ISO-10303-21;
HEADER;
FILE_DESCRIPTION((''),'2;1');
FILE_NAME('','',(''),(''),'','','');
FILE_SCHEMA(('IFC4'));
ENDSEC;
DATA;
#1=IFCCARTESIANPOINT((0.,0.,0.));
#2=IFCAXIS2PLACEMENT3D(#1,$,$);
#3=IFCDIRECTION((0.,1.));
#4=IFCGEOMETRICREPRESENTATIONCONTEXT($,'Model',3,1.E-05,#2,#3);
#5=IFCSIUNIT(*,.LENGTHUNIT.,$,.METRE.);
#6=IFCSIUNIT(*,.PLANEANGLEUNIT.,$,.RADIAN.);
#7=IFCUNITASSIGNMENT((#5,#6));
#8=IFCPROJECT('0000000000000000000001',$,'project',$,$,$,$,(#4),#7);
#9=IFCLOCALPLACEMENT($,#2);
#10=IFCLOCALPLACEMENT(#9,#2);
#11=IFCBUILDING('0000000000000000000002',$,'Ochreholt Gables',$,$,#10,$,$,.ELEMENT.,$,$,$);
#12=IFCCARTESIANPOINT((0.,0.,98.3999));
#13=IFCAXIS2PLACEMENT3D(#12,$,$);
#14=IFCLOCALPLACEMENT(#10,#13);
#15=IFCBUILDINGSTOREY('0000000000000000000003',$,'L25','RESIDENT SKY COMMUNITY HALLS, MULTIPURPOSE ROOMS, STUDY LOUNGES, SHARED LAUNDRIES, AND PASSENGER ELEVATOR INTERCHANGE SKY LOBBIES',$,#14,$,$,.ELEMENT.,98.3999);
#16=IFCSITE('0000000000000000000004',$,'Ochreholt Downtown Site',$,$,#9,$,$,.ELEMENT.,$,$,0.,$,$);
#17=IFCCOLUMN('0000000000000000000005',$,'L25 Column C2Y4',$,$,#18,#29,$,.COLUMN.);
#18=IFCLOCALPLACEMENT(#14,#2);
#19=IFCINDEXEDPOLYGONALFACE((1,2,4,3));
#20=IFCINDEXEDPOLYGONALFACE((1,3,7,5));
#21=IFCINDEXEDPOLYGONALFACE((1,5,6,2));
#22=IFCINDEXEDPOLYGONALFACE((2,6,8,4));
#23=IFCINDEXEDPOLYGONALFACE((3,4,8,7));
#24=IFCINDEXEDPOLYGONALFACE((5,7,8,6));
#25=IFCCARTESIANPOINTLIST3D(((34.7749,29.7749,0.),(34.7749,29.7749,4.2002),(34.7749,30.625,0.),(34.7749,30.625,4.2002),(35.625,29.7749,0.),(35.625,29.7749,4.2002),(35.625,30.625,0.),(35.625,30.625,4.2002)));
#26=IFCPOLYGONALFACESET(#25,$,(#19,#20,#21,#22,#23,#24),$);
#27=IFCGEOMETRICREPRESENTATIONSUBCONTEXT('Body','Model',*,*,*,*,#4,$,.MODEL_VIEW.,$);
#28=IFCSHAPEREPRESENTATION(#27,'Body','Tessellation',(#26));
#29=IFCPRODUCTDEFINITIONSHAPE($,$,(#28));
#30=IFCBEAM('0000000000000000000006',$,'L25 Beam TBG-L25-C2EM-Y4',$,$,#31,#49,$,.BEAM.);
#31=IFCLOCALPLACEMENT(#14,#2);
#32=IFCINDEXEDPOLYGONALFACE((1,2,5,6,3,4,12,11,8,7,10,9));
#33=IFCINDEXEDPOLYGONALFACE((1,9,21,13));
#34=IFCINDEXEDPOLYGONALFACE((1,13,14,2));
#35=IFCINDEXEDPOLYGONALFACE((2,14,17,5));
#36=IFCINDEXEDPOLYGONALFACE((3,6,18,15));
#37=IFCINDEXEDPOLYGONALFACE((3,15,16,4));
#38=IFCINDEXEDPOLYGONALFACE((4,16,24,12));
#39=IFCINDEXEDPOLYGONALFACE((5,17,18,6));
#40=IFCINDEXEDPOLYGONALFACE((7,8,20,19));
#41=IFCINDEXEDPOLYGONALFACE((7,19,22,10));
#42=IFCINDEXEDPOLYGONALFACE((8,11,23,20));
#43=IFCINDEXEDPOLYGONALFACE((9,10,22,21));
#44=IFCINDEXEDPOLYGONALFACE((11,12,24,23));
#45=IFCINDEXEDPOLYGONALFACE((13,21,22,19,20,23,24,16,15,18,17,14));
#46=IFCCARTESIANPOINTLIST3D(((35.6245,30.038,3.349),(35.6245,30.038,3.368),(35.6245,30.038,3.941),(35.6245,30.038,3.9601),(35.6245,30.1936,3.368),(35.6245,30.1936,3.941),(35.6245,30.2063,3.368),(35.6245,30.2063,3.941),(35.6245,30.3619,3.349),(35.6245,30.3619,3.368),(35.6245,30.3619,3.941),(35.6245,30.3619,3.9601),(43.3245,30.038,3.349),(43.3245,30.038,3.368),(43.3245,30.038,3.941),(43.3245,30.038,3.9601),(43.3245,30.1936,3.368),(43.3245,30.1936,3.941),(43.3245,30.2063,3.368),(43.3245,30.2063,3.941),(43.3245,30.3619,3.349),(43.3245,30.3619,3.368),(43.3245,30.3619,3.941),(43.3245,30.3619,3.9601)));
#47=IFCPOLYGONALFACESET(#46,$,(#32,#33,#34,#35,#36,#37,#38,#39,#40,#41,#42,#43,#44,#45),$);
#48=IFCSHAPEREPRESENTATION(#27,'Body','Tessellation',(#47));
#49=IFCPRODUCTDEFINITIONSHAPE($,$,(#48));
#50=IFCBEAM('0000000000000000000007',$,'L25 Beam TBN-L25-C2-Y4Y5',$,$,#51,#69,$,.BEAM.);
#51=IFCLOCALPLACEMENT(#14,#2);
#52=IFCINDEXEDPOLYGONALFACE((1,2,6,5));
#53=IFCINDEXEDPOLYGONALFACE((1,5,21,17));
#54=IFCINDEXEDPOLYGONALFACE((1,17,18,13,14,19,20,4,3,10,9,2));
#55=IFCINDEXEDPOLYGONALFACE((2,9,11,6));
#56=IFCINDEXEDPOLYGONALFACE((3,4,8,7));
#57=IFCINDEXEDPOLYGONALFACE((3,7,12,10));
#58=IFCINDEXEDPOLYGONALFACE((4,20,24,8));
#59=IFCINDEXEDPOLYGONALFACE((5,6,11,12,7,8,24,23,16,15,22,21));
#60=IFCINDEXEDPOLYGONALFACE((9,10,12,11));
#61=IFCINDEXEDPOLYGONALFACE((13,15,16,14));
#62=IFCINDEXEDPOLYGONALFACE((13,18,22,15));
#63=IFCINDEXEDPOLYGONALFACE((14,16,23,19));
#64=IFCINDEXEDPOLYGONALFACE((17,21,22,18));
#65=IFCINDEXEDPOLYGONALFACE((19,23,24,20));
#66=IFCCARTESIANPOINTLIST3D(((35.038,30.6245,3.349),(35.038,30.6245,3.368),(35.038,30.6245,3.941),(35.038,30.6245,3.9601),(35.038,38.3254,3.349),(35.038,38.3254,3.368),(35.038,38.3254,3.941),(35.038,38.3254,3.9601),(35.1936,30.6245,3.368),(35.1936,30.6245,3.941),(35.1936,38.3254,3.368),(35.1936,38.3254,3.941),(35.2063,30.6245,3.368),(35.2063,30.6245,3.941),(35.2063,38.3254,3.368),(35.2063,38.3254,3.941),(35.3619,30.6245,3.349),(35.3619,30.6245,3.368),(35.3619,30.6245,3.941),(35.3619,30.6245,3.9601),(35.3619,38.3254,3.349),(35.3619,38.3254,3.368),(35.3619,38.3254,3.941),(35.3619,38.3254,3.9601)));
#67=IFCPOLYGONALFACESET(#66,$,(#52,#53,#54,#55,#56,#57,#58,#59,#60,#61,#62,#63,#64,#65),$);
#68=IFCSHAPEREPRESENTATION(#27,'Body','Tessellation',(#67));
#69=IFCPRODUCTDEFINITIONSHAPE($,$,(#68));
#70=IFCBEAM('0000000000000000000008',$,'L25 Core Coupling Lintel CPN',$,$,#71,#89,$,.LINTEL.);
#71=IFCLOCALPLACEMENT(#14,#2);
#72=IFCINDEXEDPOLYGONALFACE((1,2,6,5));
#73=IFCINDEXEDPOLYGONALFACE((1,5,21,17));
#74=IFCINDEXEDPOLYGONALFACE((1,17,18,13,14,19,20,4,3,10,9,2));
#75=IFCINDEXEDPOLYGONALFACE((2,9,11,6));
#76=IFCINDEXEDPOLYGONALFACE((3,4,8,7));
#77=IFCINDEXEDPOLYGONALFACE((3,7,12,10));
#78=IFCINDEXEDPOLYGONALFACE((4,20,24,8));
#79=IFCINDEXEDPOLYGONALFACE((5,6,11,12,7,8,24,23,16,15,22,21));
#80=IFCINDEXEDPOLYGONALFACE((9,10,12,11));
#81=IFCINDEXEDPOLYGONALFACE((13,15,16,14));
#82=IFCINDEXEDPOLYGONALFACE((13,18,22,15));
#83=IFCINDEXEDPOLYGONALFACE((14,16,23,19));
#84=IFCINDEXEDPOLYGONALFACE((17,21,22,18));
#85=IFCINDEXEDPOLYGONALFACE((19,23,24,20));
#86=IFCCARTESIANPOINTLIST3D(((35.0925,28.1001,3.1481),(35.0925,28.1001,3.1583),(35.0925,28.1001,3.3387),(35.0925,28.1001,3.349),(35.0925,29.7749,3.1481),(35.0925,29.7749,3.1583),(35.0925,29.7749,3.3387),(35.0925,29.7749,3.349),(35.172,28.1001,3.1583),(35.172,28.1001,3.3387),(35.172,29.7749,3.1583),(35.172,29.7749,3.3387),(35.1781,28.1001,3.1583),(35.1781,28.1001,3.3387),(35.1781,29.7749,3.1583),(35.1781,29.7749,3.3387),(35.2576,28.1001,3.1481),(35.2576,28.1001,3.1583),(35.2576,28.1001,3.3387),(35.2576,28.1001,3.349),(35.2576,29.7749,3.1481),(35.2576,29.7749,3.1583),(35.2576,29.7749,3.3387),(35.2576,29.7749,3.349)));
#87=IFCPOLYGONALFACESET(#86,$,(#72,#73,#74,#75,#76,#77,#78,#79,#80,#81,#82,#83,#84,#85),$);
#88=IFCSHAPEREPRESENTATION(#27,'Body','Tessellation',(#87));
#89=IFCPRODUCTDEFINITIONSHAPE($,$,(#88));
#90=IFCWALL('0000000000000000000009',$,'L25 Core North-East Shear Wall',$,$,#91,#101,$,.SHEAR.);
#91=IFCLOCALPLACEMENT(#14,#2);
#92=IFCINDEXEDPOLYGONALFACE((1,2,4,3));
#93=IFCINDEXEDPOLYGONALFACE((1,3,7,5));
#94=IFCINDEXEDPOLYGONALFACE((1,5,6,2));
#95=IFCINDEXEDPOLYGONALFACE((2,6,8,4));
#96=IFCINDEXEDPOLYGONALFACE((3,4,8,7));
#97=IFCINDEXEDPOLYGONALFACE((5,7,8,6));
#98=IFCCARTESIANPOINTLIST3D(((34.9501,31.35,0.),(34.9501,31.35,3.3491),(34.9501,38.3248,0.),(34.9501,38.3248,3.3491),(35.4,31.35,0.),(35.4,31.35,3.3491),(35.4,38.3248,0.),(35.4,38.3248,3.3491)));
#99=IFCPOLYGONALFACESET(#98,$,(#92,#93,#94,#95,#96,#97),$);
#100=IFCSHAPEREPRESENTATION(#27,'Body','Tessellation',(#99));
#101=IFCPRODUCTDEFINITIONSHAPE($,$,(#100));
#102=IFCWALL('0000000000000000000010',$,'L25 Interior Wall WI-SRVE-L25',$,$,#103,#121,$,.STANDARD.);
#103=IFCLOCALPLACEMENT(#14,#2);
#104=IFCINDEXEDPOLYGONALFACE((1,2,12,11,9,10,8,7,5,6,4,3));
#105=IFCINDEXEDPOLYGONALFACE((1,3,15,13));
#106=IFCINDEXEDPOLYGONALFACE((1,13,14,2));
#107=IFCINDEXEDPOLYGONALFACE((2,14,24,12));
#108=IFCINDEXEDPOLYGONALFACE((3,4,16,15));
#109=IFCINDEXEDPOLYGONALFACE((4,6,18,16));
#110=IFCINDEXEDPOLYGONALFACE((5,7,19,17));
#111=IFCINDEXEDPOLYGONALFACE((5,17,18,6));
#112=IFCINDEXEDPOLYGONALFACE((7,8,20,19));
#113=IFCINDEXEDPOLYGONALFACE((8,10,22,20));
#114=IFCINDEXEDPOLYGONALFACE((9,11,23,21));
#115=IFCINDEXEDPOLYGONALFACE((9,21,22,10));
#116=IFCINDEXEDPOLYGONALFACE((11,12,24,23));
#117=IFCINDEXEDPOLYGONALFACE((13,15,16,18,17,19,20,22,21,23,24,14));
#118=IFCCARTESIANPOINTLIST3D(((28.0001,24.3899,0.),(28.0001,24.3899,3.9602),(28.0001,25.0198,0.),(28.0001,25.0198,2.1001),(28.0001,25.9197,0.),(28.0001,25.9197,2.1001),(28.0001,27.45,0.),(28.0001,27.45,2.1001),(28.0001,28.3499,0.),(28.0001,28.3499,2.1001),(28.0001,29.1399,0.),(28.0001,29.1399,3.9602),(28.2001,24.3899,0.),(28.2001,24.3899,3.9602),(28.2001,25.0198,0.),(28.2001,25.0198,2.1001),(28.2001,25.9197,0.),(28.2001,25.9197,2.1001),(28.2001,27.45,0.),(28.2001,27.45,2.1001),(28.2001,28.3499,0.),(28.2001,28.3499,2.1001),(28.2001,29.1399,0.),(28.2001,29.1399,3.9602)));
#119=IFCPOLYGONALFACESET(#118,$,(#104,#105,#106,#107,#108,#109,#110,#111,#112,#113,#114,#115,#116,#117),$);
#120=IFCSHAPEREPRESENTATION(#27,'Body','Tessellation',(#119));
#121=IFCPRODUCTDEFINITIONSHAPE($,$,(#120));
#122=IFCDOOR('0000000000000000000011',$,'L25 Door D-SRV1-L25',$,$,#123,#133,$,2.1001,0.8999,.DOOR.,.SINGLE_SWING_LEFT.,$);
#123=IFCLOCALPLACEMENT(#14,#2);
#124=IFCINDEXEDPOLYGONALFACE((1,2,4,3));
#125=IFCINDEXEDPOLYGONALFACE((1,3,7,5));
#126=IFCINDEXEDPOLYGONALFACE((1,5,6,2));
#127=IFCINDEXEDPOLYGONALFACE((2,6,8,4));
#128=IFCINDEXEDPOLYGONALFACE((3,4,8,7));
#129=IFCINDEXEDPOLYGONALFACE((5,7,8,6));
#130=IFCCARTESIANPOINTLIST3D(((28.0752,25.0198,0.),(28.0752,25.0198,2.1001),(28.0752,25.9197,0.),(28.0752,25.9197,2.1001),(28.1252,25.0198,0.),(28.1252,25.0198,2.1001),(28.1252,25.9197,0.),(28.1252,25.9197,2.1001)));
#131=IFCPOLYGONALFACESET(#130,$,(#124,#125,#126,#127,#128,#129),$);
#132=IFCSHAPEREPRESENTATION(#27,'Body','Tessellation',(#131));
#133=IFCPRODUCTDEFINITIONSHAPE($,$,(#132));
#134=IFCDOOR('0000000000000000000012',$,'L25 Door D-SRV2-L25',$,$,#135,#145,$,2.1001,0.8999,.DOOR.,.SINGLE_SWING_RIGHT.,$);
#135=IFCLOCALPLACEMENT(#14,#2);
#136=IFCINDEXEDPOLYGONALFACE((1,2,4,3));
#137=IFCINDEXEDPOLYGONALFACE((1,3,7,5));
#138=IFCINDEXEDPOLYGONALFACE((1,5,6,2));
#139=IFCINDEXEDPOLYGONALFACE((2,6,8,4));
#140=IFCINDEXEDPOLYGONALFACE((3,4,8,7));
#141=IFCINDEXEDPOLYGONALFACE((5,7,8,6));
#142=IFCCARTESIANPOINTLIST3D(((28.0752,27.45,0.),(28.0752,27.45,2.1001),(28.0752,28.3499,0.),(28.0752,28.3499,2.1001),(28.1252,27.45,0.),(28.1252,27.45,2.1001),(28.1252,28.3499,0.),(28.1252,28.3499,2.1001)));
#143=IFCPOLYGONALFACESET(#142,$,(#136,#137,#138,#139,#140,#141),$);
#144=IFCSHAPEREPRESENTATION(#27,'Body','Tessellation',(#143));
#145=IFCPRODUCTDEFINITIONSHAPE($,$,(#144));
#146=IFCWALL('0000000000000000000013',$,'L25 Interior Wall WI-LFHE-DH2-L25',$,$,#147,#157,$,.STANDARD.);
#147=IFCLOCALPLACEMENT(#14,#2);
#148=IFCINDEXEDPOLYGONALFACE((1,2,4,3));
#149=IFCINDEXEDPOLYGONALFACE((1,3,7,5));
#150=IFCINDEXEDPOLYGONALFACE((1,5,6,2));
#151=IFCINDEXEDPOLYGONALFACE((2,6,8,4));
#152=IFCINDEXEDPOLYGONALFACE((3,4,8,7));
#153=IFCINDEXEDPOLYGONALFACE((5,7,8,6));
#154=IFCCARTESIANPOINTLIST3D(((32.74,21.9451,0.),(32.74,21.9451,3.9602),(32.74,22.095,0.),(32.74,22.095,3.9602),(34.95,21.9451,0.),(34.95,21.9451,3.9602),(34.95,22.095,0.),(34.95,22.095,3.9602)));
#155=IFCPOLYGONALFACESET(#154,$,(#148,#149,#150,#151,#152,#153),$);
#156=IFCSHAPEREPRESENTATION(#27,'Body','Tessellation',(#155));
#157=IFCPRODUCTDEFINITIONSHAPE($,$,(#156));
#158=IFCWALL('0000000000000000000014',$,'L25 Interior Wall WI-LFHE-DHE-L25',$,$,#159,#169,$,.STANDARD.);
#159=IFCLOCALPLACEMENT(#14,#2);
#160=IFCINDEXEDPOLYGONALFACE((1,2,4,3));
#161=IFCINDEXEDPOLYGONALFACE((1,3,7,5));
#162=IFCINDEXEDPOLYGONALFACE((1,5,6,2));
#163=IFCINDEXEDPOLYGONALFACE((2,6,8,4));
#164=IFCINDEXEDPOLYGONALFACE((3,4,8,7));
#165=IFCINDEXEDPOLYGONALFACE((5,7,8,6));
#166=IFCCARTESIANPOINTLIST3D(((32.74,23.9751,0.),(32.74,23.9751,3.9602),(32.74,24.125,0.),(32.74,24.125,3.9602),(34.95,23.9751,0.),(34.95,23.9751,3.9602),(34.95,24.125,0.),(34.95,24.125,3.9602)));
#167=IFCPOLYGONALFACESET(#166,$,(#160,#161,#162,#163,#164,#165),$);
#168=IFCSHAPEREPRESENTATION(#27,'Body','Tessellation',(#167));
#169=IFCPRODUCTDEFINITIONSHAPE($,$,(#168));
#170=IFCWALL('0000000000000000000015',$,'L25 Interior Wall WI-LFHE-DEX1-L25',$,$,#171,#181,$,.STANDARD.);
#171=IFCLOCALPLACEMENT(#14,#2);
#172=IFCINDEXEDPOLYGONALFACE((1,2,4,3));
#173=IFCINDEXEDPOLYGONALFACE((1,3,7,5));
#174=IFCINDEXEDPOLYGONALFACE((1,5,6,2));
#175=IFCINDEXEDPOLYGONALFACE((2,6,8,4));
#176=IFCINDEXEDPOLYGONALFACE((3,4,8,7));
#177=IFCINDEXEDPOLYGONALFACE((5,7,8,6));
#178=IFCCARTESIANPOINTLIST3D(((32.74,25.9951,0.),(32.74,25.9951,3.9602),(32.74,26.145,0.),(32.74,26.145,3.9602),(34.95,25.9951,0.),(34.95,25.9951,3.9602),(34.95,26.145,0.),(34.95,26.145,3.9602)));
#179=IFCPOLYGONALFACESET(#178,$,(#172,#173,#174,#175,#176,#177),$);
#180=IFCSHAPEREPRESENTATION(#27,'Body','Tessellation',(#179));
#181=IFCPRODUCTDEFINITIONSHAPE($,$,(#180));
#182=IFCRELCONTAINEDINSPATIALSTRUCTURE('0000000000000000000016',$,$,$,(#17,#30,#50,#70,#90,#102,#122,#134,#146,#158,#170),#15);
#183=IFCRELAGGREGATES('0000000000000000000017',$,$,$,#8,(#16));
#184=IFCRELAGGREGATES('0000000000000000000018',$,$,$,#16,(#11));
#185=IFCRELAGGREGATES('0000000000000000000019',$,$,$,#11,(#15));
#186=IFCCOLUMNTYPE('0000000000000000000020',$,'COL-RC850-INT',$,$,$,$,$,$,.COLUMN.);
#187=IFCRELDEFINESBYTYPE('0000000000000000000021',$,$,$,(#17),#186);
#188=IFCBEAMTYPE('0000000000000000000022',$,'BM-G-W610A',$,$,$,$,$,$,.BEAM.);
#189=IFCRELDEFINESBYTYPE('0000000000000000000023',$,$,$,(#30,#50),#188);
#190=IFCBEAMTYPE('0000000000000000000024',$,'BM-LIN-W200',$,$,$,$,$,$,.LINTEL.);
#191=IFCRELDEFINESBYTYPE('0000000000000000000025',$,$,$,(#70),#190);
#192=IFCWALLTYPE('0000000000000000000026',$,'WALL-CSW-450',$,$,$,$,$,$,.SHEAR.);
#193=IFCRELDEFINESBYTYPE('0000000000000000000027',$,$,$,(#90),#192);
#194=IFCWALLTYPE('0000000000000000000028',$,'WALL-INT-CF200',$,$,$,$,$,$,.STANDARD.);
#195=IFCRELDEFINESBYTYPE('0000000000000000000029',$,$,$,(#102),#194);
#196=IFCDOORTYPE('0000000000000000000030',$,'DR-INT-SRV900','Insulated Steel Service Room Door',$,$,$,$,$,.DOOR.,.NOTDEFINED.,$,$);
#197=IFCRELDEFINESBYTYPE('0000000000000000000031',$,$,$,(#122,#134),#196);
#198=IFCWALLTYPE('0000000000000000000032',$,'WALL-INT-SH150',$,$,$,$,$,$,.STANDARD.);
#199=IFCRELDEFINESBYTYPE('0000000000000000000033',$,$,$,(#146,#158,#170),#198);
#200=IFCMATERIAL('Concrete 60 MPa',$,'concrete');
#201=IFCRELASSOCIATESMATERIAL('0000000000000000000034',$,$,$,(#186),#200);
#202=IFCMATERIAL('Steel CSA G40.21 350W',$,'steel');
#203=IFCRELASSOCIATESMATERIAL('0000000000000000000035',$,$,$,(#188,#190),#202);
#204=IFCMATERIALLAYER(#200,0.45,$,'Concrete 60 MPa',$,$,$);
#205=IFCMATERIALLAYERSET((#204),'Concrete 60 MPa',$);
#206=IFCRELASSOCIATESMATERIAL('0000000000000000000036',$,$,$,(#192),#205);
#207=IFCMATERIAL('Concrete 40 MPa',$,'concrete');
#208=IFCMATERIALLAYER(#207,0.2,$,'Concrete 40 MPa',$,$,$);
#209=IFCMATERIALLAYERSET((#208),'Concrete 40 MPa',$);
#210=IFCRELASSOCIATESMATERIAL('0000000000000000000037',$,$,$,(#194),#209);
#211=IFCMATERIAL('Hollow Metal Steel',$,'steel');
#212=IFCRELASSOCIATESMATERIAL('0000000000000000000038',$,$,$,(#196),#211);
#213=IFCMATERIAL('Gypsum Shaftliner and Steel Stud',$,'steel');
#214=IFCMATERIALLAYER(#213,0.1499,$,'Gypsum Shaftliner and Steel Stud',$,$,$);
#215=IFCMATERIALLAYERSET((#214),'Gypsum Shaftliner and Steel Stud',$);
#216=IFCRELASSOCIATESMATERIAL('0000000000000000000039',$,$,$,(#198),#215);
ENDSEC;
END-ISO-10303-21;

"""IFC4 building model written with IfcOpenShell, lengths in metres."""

from ifc_helpers import new_model, si_unit, direction, frame, frame_2d, origin, origin_2d, place, context, subcontext, project, spatial, rectangle, i_section, extrude, material, layer, layer_set, material_profile, profile_set, type_object, element, fill, save


model = new_model("IFC4")

# Units and contexts
model_context = context("Model", 3, precision=1e-05, world=origin(), true_north=direction((0.0, 1.0)))
body_context = subcontext(model_context, "Body", "Model", "MODEL_VIEW")
ifc_project = project(units=[si_unit("LENGTHUNIT", "METRE"), si_unit("PLANEANGLEUNIT", "RADIAN")], contexts=[model_context])

# Site, building, storey
site_placement = place(None, origin())
site = spatial("IfcSite", under=ifc_project, at=site_placement, Name="Ochreholt Downtown Site", CompositionType="ELEMENT", RefElevation=0.0)
building_placement = place(site_placement, origin())
building = spatial("IfcBuilding", under=site, at=building_placement, Name="Ochreholt Gables", CompositionType="ELEMENT")
storey_placement = place(building_placement, frame((0.0, 0.0, 98.3999)))
storey = spatial("IfcBuildingStorey", under=building, at=storey_placement, Name="L25", Description="RESIDENT SKY COMMUNITY HALLS, MULTIPURPOSE ROOMS, STUDY LOUNGES, SHARED LAUNDRIES, AND PASSENGER ELEVATOR INTERCHANGE SKY LOBBIES", CompositionType="ELEMENT", Elevation=98.3999)

# Column
ifc_material_1 = material(Name="Concrete 60 MPa", Category="concrete")
ifc_material_profile_1 = material_profile(ifc_material_1, rectangle(XDim=0.8501, YDim=0.8501, at=origin_2d()), Name="RC850X850")
ifc_profile_set_1 = profile_set([ifc_material_profile_1], Name="Concrete 60 MPa")
column_type = type_object("IfcColumnType", Name="COL-RC850-INT", PredefinedType="COLUMN", material=ifc_profile_set_1)
column_placement = place(storey_placement, frame((35.2, 30.2, 0.0), z_axis=(0.0, 0.0, 1.0), x_axis=(1.0, 0.0, 0.0)))
element("IfcColumn", 1, at=column_placement, inside=storey, type_object=column_type, Name="L25 Column C2Y4", PredefinedType="COLUMN", context=body_context, shape_type="SweptSolid", body=[
    extrude(rectangle(XDim=0.8501, YDim=0.8501, at=origin_2d()), origin(), (0.0, 0.0, 1.0), 4.2002),
])

# Beams
ifc_material_2 = material(Name="Steel CSA G40.21 350W", Category="steel")
ifc_material_profile_2 = material_profile(ifc_material_2, i_section(OverallWidth=0.324, OverallDepth=0.6111, WebThickness=0.0127, FlangeThickness=0.019, at=origin_2d()), Name="W610X155")
ifc_profile_set_2 = profile_set([ifc_material_profile_2], Name="Steel CSA G40.21 350W")
beam_type_1 = type_object("IfcBeamType", Name="BM-G-W610A", PredefinedType="BEAM", material=ifc_profile_set_2)
beam_1_placement = place(storey_placement, frame((35.6245, 30.2, 3.6545), z_axis=(1.0, 0.0, 0.0), x_axis=(0.0, 1.0, 0.0)))
element("IfcBeam", 2, at=beam_1_placement, inside=storey, type_object=beam_type_1, Name="L25 Beam TBG-L25-C2EM-Y4", PredefinedType="BEAM", context=body_context, shape_type="SweptSolid", body=[
    extrude(i_section(OverallWidth=0.324, OverallDepth=0.6111, WebThickness=0.0127, FlangeThickness=0.019, at=origin_2d()), origin(), (0.0, 0.0, 1.0), 7.7),
])
beam_2_placement = place(storey_placement, frame((35.2, 30.6245, 3.6545), z_axis=(0.0, 1.0, 0.0), x_axis=(-1.0, 0.0, 0.0)))
element("IfcBeam", 3, at=beam_2_placement, inside=storey, type_object=beam_type_1, Name="L25 Beam TBN-L25-C2-Y4Y5", PredefinedType="BEAM", context=body_context, shape_type="SweptSolid", body=[
    extrude(i_section(OverallWidth=0.324, OverallDepth=0.6111, WebThickness=0.0127, FlangeThickness=0.019, at=origin_2d()), origin(), (0.0, 0.0, 1.0), 7.7009),
])
ifc_material_profile_3 = material_profile(ifc_material_2, i_section(OverallWidth=0.165, OverallDepth=0.2009, WebThickness=0.0061, FlangeThickness=0.0103, at=origin_2d()), Name="W200X36")
ifc_profile_set_3 = profile_set([ifc_material_profile_3], Name="Steel CSA G40.21 350W")
beam_type_2 = type_object("IfcBeamType", Name="BM-LIN-W200", PredefinedType="LINTEL", material=ifc_profile_set_3)
beam_3_placement = place(storey_placement, frame((35.175, 28.1001, 3.2485), z_axis=(0.0, 1.0, 0.0), x_axis=(-1.0, 0.0, 0.0)))
element("IfcBeam", 4, at=beam_3_placement, inside=storey, type_object=beam_type_2, Name="L25 Core Coupling Lintel CPN", PredefinedType="LINTEL", context=body_context, shape_type="SweptSolid", body=[
    extrude(i_section(OverallWidth=0.165, OverallDepth=0.2009, WebThickness=0.0061, FlangeThickness=0.0103, at=origin_2d()), origin(), (0.0, 0.0, 1.0), 1.6748),
])

# Wall
ifc_layer_1 = layer(ifc_material_1, 0.45, Name="Concrete 60 MPa")
ifc_layer_set_1 = layer_set([ifc_layer_1], Name="Concrete 60 MPa")
wall_type_1 = type_object("IfcWallType", Name="WALL-CSW-450", PredefinedType="SHEAR", material=ifc_layer_set_1)
wall_1_placement = place(storey_placement, frame((35.175, 31.3501, 0.0), z_axis=(0.0, 0.0, 1.0), x_axis=(0.0, 1.0, 0.0)))
element("IfcWall", 5, at=wall_1_placement, inside=storey, type_object=wall_type_1, Name="L25 Core North-East Shear Wall", PredefinedType="SHEAR", context=body_context, shape_type="SweptSolid", body=[
    extrude(rectangle(XDim=6.9749, YDim=0.45, at=frame_2d((3.4873, 0.0))), origin(), (0.0, 0.0, 1.0), 3.3491),
])

# Wall, openings, doors
ifc_material_3 = material(Name="Concrete 40 MPa", Category="concrete")
ifc_layer_2 = layer(ifc_material_3, 0.2, Name="Concrete 40 MPa")
ifc_layer_set_2 = layer_set([ifc_layer_2], Name="Concrete 40 MPa")
wall_type_2 = type_object("IfcWallType", Name="WALL-INT-CF200", PredefinedType="STANDARD", material=ifc_layer_set_2)
wall_2_placement = place(storey_placement, frame((28.1001, 24.3899, 0.0), z_axis=(0.0, 0.0, 1.0), x_axis=(0.0, 1.0, 0.0)))
wall_2 = element("IfcWall", 6, at=wall_2_placement, inside=storey, type_object=wall_type_2, Name="L25 Interior Wall WI-SRVE-L25", PredefinedType="STANDARD", context=body_context, shape_type="SweptSolid", body=[
    extrude(rectangle(XDim=4.75, YDim=0.2, at=frame_2d((2.375, 0.0))), origin(), (0.0, 0.0, 1.0), 3.9602),
])
opening_1_placement = place(wall_2_placement, frame((0.6299, 0.0, 0.0)))
opening_1 = element("IfcOpeningElement", 7, at=opening_1_placement, cuts=wall_2, PredefinedType="OPENING", context=body_context, shape_type="SweptSolid", body=[
    extrude(rectangle(XDim=0.8999, YDim=2.1001, at=frame_2d((0.45, 1.05))), frame((0.0, 0.1099, 0.0), z_axis=(0.0, -1.0, 0.0), x_axis=(1.0, 0.0, 0.0)), (0.0, 0.0, 1.0), 0.22),
])
opening_2_placement = place(wall_2_placement, frame((3.0601, 0.0, 0.0)))
opening_2 = element("IfcOpeningElement", 8, at=opening_2_placement, cuts=wall_2, PredefinedType="OPENING", context=body_context, shape_type="SweptSolid", body=[
    extrude(rectangle(XDim=0.8999, YDim=2.1001, at=frame_2d((0.45, 1.05))), frame((0.0, 0.1099, 0.0), z_axis=(0.0, -1.0, 0.0), x_axis=(1.0, 0.0, 0.0)), (0.0, 0.0, 1.0), 0.22),
])
ifc_material_4 = material(Name="Hollow Metal Steel", Category="steel")
door_type_1 = type_object("IfcDoorType", Name="DR-INT-SRV900", Description="Insulated Steel Service Room Door", OperationType="NOTDEFINED", PredefinedType="DOOR", material=ifc_material_4)
door_1_placement = place(opening_1_placement, origin())
door_1 = element("IfcDoor", 9, at=door_1_placement, inside=storey, type_object=door_type_1, Name="L25 Door D-SRV1-L25", OperationType="SINGLE_SWING_LEFT", OverallHeight=2.1001, OverallWidth=0.8999, PredefinedType="DOOR", context=body_context, shape_type="SweptSolid", body=[
    extrude(rectangle(XDim=0.8999, YDim=2.1001, at=frame_2d((0.45, 1.05))), frame((0.0, 0.0249, 0.0), z_axis=(0.0, -1.0, 0.0), x_axis=(1.0, 0.0, 0.0)), (0.0, 0.0, 1.0), 0.05),
])
fill(opening_1, door_1)
door_2_placement = place(opening_2_placement, origin())
door_2 = element("IfcDoor", 10, at=door_2_placement, inside=storey, type_object=door_type_1, Name="L25 Door D-SRV2-L25", OperationType="SINGLE_SWING_RIGHT", OverallHeight=2.1001, OverallWidth=0.8999, PredefinedType="DOOR", context=body_context, shape_type="SweptSolid", body=[
    extrude(rectangle(XDim=0.8999, YDim=2.1001, at=frame_2d((0.45, 1.05))), frame((0.0, 0.0249, 0.0), z_axis=(0.0, -1.0, 0.0), x_axis=(1.0, 0.0, 0.0)), (0.0, 0.0, 1.0), 0.05),
])
fill(opening_2, door_2)

# Walls
ifc_material_5 = material(Name="Gypsum Shaftliner and Steel Stud", Category="steel")
ifc_layer_3 = layer(ifc_material_5, 0.1499, Name="Gypsum Shaftliner and Steel Stud")
ifc_layer_set_3 = layer_set([ifc_layer_3], Name="Gypsum Shaftliner and Steel Stud")
wall_type_3 = type_object("IfcWallType", Name="WALL-INT-SH150", PredefinedType="STANDARD", material=ifc_layer_set_3)
for number, where, z_axis, x_axis, name in (
    (11, (32.74, 22.02, 0.0), (0.0, 0.0, 1.0), (1.0, 0.0, 0.0), "L25 Interior Wall WI-LFHE-DH2-L25"),
    (12, (32.74, 24.05, 0.0), (0.0, 0.0, 1.0), (1.0, 0.0, 0.0), "L25 Interior Wall WI-LFHE-DHE-L25"),
    (13, (32.74, 26.0701, 0.0), (0.0, 0.0, 1.0), (1.0, 0.0, 0.0), "L25 Interior Wall WI-LFHE-DEX1-L25"),
):
    element("IfcWall", number, at=place(storey_placement, frame(where, z_axis=z_axis, x_axis=x_axis)), inside=storey, type_object=wall_type_3, Name=name, PredefinedType="STANDARD", context=body_context, shape_type="SweptSolid", body=[
        extrude(rectangle(XDim=2.21, YDim=0.1499, at=frame_2d((1.105, 0.0))), origin(), (0.0, 0.0, 1.0), 3.9602),
    ])

save(model, "model.ifc")
